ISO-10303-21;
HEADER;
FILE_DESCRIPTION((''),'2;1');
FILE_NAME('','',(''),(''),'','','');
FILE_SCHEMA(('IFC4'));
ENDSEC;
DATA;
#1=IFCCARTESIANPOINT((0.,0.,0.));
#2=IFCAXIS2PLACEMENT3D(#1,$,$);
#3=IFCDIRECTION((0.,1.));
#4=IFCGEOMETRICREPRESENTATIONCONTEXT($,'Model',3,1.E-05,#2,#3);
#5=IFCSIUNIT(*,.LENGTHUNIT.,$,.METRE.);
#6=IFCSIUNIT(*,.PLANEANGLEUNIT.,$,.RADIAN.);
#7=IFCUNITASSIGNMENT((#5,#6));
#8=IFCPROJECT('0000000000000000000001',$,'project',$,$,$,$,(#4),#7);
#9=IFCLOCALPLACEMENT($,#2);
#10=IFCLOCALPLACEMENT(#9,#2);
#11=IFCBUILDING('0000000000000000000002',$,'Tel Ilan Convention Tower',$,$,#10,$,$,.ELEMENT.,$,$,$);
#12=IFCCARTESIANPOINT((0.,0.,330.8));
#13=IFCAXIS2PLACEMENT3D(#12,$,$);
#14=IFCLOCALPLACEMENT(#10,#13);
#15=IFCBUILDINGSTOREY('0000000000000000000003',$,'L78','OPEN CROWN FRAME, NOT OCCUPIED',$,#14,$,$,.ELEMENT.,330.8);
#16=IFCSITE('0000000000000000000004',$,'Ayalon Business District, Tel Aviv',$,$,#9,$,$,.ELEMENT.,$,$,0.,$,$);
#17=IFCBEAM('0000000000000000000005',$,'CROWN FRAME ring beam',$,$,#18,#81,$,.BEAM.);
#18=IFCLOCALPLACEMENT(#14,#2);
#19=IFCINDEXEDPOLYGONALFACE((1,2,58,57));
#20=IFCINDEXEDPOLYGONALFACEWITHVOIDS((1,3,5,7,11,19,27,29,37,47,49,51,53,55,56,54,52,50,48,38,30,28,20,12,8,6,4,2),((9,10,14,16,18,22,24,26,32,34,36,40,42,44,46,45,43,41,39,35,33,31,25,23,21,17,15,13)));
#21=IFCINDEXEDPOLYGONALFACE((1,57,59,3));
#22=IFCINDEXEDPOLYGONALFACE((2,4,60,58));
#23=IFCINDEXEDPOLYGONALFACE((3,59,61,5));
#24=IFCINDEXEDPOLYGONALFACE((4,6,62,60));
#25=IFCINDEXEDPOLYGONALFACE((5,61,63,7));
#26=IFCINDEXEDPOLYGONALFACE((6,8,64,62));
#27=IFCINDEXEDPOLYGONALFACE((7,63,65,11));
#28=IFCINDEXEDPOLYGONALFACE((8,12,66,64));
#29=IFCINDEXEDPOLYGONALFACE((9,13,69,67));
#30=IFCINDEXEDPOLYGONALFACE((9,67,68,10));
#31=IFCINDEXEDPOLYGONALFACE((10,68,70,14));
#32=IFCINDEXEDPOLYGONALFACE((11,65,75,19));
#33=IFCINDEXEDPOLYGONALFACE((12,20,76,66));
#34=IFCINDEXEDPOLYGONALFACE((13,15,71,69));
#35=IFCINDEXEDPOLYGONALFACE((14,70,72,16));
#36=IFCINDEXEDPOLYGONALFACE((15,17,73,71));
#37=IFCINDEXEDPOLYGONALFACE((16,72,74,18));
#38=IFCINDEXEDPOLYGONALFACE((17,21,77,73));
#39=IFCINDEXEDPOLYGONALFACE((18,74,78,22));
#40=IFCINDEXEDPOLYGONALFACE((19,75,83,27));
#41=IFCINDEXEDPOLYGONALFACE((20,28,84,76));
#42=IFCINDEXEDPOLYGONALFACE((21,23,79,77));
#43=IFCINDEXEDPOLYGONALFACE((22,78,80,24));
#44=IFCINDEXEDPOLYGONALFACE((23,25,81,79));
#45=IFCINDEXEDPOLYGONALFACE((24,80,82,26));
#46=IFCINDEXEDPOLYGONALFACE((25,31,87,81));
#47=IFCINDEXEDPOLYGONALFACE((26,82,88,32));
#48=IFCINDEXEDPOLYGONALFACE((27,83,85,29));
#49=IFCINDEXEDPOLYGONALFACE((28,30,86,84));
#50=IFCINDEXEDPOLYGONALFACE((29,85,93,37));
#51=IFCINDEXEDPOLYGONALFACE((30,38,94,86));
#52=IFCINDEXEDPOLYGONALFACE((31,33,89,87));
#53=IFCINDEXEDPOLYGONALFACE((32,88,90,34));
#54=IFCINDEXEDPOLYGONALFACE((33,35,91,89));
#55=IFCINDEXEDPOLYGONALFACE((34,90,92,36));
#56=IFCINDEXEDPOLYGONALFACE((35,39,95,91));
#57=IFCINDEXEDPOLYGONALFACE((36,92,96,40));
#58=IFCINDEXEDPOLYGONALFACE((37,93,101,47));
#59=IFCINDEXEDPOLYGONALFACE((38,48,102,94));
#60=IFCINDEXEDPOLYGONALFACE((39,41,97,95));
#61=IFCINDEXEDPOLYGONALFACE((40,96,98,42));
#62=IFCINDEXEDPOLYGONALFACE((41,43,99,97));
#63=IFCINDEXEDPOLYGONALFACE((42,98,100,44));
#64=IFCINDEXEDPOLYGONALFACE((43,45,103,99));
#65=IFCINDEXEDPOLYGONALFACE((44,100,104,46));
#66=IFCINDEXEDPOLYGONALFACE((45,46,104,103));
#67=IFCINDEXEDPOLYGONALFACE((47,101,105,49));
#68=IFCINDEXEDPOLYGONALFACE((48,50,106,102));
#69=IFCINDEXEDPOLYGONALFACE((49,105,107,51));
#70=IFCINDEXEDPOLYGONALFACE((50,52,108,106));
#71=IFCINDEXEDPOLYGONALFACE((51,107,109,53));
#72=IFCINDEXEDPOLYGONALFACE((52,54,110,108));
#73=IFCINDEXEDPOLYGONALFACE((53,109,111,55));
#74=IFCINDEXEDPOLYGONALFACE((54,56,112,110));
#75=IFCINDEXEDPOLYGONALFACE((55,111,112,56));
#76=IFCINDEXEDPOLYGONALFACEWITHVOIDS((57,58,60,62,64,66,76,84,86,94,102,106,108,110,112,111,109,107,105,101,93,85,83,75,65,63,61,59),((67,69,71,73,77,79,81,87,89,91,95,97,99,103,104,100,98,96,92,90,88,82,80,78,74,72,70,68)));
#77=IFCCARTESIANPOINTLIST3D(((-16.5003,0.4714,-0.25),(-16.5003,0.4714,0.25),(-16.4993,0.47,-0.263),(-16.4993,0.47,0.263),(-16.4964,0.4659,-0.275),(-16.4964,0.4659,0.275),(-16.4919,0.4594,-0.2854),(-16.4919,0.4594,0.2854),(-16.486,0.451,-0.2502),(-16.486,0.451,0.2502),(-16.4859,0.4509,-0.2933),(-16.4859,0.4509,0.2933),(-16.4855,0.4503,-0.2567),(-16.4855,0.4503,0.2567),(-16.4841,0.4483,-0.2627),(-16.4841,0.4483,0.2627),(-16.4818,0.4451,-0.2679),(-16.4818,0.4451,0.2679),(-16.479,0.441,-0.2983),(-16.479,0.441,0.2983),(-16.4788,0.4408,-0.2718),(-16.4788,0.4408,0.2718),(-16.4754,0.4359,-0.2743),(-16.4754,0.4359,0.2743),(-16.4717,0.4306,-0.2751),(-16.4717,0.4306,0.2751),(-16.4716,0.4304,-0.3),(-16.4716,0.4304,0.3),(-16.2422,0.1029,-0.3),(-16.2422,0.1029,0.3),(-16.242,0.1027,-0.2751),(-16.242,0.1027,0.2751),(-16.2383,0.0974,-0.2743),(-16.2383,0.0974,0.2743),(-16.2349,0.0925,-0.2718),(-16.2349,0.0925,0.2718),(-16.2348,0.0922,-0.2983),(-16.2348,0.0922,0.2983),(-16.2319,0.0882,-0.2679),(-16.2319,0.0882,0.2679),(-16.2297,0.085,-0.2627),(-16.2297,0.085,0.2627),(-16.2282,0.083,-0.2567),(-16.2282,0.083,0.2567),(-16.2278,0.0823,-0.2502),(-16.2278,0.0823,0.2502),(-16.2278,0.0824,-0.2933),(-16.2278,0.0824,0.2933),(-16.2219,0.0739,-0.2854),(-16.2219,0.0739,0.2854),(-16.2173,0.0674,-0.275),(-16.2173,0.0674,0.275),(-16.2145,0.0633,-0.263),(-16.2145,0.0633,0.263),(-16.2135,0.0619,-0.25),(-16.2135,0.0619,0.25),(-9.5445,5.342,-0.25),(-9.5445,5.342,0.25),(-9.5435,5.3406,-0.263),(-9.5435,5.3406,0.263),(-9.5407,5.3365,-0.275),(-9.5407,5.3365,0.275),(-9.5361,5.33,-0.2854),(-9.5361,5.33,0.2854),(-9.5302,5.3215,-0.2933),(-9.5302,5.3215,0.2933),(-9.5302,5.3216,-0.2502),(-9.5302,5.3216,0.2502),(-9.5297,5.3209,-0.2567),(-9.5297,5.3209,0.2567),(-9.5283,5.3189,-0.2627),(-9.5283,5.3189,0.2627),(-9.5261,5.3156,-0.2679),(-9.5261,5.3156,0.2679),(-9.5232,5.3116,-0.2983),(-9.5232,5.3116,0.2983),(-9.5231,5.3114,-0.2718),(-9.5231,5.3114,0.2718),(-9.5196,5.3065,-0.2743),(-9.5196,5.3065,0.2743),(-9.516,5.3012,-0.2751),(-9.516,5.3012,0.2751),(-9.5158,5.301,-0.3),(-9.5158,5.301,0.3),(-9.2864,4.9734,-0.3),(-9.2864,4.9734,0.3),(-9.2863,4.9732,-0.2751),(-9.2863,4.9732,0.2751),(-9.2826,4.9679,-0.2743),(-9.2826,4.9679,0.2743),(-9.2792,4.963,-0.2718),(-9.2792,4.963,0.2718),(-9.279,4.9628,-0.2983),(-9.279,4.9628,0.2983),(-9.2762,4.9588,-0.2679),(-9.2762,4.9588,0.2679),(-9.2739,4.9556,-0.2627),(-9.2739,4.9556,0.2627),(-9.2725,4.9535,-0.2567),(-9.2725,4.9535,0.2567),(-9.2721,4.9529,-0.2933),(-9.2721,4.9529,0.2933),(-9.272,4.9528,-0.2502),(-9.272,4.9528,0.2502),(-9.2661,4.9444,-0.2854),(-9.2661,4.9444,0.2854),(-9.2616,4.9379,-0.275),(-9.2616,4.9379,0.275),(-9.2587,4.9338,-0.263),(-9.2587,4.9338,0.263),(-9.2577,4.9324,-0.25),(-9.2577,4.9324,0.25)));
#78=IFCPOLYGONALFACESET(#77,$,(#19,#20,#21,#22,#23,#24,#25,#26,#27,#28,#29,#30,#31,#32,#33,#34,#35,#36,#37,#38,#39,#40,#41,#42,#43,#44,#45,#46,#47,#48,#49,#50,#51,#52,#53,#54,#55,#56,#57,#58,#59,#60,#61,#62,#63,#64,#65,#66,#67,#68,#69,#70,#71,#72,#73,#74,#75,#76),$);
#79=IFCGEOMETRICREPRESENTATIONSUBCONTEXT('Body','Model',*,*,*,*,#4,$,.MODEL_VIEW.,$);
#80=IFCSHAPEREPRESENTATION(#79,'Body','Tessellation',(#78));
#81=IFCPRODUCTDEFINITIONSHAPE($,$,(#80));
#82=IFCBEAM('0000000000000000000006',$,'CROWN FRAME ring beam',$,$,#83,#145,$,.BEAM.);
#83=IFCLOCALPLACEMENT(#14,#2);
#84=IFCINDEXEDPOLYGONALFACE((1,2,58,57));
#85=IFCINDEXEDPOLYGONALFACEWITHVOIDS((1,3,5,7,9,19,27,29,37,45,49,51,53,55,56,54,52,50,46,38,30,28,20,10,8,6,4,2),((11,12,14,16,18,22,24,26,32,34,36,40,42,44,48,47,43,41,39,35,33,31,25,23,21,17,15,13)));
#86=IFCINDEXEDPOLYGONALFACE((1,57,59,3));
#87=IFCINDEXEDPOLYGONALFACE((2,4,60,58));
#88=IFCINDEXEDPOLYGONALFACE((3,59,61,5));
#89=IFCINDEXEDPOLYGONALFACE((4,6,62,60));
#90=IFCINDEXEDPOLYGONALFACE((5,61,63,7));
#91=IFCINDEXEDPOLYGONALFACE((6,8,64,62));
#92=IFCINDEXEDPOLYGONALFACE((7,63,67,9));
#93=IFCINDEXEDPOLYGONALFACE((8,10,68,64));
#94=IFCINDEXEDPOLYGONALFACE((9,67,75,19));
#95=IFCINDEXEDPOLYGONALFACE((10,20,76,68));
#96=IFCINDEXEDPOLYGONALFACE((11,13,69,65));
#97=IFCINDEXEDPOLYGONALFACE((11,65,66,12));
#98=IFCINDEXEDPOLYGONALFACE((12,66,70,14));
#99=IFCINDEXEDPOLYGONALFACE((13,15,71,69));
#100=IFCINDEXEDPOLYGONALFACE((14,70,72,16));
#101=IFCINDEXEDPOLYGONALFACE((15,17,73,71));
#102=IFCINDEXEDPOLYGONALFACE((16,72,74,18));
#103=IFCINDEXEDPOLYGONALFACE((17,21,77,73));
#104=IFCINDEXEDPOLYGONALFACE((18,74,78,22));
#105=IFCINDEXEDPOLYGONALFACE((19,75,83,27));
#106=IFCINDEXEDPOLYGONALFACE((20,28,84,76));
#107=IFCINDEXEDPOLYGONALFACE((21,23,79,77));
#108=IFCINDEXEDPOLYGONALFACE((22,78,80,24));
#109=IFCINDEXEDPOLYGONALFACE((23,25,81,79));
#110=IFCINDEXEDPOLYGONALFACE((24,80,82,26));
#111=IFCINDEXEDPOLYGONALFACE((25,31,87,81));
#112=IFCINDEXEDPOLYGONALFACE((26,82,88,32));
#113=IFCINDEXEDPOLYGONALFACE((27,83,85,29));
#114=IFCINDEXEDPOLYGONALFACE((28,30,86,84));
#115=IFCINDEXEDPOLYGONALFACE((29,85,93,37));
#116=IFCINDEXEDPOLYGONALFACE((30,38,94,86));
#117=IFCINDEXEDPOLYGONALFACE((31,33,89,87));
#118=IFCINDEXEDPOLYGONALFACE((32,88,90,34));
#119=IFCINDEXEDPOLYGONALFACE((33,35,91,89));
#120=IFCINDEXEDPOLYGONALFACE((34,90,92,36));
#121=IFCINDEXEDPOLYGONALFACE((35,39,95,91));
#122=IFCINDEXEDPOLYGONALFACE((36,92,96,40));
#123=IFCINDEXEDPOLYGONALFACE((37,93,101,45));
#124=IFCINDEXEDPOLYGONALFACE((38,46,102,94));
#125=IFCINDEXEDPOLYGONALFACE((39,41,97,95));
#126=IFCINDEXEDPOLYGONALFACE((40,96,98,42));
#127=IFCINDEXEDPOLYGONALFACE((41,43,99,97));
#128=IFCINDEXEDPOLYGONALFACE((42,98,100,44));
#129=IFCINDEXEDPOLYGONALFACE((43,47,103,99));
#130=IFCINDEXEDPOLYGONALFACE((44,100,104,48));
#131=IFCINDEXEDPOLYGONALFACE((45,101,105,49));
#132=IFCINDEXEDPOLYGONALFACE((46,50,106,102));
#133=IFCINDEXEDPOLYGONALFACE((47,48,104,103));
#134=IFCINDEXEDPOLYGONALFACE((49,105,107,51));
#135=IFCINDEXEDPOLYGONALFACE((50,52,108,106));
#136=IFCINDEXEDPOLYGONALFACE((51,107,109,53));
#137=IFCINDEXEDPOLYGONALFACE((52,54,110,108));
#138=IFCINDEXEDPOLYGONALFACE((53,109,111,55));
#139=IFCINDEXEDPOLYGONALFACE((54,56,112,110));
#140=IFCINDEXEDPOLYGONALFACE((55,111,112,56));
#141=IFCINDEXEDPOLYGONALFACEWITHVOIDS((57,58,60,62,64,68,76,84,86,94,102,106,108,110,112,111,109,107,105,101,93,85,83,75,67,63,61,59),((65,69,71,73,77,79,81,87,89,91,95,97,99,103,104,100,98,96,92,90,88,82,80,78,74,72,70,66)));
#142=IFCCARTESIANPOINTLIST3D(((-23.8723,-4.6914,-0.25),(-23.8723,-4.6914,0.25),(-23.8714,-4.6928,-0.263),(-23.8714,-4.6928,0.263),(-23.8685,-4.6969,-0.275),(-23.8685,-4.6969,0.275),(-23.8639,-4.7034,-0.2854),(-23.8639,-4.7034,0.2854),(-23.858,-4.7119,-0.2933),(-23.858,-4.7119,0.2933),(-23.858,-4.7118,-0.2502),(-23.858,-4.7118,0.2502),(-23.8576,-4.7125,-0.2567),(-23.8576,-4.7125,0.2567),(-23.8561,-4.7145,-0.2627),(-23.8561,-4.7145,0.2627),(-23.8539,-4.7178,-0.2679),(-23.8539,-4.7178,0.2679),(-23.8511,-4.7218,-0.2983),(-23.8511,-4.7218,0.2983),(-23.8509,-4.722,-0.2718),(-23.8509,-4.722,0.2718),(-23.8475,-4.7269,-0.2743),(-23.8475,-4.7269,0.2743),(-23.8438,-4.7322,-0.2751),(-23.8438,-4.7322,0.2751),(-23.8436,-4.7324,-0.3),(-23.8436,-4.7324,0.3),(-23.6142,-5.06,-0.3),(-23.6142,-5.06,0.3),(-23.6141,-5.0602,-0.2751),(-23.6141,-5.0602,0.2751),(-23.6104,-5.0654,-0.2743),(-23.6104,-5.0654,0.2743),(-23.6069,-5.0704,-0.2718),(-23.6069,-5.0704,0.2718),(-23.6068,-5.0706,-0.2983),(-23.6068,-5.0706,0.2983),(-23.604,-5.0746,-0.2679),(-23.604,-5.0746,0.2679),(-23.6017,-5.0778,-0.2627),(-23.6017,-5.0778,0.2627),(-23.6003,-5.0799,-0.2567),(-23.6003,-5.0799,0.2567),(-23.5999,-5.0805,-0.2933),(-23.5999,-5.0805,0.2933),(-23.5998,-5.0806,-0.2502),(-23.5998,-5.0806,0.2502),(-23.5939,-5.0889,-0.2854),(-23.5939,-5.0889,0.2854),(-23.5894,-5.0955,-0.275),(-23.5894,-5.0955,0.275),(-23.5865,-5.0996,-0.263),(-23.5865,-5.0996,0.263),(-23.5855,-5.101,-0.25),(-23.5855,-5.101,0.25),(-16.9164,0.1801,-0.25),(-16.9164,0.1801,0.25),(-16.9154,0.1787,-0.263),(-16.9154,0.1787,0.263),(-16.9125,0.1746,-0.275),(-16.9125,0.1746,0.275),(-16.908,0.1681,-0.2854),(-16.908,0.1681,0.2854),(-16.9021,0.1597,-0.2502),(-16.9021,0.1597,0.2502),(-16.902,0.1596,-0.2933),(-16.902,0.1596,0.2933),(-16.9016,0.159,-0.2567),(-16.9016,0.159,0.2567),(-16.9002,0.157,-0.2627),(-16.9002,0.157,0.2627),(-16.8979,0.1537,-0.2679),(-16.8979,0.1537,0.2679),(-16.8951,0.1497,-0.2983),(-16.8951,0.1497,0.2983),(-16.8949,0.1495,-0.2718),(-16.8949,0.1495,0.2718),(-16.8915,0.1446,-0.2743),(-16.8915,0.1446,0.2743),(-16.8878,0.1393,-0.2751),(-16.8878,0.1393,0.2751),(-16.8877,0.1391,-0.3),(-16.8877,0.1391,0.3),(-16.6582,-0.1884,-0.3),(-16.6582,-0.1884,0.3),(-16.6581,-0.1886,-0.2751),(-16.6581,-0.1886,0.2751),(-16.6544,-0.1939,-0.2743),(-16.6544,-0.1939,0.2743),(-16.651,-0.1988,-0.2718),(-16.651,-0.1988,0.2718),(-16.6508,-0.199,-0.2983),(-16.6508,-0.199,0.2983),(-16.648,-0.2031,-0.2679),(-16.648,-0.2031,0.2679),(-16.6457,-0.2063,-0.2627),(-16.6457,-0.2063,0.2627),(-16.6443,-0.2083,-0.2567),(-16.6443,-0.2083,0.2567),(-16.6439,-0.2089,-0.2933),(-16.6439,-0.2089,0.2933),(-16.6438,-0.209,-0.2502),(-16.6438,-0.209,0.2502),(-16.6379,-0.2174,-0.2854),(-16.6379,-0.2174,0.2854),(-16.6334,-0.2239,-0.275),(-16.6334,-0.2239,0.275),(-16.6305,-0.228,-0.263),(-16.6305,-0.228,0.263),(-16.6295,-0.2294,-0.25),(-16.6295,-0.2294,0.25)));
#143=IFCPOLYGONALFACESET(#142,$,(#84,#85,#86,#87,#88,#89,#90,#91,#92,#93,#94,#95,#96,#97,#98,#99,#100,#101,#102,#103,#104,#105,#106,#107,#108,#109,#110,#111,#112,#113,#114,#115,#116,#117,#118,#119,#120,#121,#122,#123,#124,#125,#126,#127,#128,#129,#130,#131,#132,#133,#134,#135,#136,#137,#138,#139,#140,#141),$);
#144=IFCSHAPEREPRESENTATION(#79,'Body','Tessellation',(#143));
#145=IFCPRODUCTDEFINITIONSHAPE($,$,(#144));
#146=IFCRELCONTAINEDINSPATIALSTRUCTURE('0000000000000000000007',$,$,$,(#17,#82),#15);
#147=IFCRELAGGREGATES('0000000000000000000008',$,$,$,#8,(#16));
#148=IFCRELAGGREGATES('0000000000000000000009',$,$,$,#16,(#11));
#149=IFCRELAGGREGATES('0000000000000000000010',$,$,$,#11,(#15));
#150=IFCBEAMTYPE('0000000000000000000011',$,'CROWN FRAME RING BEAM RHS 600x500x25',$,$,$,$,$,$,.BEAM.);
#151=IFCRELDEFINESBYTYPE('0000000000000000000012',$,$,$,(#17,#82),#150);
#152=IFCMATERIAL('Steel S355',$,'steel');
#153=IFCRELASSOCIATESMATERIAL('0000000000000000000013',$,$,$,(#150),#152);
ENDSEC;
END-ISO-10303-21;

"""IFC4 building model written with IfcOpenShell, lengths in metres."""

from ifc_helpers import new_model, si_unit, direction, frame, origin, origin_2d, place, context, subcontext, project, spatial, hollow_rectangle, extrude, material, material_profile, profile_set, type_object, element, save


model = new_model("IFC4")

# Units and contexts
model_context = context("Model", 3, precision=1e-05, world=origin(), true_north=direction((0.0, 1.0)))
body_context = subcontext(model_context, "Body", "Model", "MODEL_VIEW")
ifc_project = project(units=[si_unit("LENGTHUNIT", "METRE"), si_unit("PLANEANGLEUNIT", "RADIAN")], contexts=[model_context])

# Site, building, storey
site_placement = place(None, origin())
site = spatial("IfcSite", under=ifc_project, at=site_placement, Name="Ayalon Business District, Tel Aviv", CompositionType="ELEMENT", RefElevation=0.0)
building_placement = place(site_placement, origin())
building = spatial("IfcBuilding", under=site, at=building_placement, Name="Tel Ilan Convention Tower", CompositionType="ELEMENT")
storey_placement = place(building_placement, frame((0.0, 0.0, 330.8)))
storey = spatial("IfcBuildingStorey", under=building, at=storey_placement, Name="L78", Description="OPEN CROWN FRAME, NOT OCCUPIED", CompositionType="ELEMENT", Elevation=330.8)

# Beams
ifc_material_1 = material(Name="Steel S355", Category="steel")
ifc_material_profile_1 = material_profile(ifc_material_1, hollow_rectangle(XDim=0.5, YDim=0.6001, WallThickness=0.0249, InnerFilletRadius=0.0249, OuterFilletRadius=0.05, at=origin_2d()), Name="RHS 600x500x25")
ifc_profile_set_1 = profile_set([ifc_material_profile_1], Name="Steel S355")
beam_type = type_object("IfcBeamType", Name="CROWN FRAME RING BEAM RHS 600x500x25", PredefinedType="BEAM", material=ifc_profile_set_1)
beam_1_placement = place(storey_placement, frame((-9.4011, 5.1372, 0.0), z_axis=(-0.819147, -0.573584, 0.0), x_axis=(0.573584, -0.819147, 0.0)))
element("IfcBeam", 1, at=beam_1_placement, inside=storey, type_object=beam_type, Name="CROWN FRAME ring beam", PredefinedType="BEAM", context=body_context, shape_type="SweptSolid", body=[
    extrude(hollow_rectangle(XDim=0.5, YDim=0.6001, WallThickness=0.0249, InnerFilletRadius=0.0249, OuterFilletRadius=0.05, at=origin_2d()), origin(), (0.0, 0.0, 1.0), 8.4915),
])
beam_2_placement = place(storey_placement, frame((-16.7729, -0.0247, 0.0), z_axis=(-0.819102, -0.573648, 0.0), x_axis=(0.573648, -0.819102, 0.0)))
element("IfcBeam", 2, at=beam_2_placement, inside=storey, type_object=beam_type, Name="CROWN FRAME ring beam", PredefinedType="BEAM", context=body_context, shape_type="SweptSolid", body=[
    extrude(hollow_rectangle(XDim=0.5, YDim=0.6001, WallThickness=0.0249, InnerFilletRadius=0.0249, OuterFilletRadius=0.05, at=origin_2d()), origin(), (0.0, 0.0, 1.0), 8.4922),
])

save(model, "model.ifc")
